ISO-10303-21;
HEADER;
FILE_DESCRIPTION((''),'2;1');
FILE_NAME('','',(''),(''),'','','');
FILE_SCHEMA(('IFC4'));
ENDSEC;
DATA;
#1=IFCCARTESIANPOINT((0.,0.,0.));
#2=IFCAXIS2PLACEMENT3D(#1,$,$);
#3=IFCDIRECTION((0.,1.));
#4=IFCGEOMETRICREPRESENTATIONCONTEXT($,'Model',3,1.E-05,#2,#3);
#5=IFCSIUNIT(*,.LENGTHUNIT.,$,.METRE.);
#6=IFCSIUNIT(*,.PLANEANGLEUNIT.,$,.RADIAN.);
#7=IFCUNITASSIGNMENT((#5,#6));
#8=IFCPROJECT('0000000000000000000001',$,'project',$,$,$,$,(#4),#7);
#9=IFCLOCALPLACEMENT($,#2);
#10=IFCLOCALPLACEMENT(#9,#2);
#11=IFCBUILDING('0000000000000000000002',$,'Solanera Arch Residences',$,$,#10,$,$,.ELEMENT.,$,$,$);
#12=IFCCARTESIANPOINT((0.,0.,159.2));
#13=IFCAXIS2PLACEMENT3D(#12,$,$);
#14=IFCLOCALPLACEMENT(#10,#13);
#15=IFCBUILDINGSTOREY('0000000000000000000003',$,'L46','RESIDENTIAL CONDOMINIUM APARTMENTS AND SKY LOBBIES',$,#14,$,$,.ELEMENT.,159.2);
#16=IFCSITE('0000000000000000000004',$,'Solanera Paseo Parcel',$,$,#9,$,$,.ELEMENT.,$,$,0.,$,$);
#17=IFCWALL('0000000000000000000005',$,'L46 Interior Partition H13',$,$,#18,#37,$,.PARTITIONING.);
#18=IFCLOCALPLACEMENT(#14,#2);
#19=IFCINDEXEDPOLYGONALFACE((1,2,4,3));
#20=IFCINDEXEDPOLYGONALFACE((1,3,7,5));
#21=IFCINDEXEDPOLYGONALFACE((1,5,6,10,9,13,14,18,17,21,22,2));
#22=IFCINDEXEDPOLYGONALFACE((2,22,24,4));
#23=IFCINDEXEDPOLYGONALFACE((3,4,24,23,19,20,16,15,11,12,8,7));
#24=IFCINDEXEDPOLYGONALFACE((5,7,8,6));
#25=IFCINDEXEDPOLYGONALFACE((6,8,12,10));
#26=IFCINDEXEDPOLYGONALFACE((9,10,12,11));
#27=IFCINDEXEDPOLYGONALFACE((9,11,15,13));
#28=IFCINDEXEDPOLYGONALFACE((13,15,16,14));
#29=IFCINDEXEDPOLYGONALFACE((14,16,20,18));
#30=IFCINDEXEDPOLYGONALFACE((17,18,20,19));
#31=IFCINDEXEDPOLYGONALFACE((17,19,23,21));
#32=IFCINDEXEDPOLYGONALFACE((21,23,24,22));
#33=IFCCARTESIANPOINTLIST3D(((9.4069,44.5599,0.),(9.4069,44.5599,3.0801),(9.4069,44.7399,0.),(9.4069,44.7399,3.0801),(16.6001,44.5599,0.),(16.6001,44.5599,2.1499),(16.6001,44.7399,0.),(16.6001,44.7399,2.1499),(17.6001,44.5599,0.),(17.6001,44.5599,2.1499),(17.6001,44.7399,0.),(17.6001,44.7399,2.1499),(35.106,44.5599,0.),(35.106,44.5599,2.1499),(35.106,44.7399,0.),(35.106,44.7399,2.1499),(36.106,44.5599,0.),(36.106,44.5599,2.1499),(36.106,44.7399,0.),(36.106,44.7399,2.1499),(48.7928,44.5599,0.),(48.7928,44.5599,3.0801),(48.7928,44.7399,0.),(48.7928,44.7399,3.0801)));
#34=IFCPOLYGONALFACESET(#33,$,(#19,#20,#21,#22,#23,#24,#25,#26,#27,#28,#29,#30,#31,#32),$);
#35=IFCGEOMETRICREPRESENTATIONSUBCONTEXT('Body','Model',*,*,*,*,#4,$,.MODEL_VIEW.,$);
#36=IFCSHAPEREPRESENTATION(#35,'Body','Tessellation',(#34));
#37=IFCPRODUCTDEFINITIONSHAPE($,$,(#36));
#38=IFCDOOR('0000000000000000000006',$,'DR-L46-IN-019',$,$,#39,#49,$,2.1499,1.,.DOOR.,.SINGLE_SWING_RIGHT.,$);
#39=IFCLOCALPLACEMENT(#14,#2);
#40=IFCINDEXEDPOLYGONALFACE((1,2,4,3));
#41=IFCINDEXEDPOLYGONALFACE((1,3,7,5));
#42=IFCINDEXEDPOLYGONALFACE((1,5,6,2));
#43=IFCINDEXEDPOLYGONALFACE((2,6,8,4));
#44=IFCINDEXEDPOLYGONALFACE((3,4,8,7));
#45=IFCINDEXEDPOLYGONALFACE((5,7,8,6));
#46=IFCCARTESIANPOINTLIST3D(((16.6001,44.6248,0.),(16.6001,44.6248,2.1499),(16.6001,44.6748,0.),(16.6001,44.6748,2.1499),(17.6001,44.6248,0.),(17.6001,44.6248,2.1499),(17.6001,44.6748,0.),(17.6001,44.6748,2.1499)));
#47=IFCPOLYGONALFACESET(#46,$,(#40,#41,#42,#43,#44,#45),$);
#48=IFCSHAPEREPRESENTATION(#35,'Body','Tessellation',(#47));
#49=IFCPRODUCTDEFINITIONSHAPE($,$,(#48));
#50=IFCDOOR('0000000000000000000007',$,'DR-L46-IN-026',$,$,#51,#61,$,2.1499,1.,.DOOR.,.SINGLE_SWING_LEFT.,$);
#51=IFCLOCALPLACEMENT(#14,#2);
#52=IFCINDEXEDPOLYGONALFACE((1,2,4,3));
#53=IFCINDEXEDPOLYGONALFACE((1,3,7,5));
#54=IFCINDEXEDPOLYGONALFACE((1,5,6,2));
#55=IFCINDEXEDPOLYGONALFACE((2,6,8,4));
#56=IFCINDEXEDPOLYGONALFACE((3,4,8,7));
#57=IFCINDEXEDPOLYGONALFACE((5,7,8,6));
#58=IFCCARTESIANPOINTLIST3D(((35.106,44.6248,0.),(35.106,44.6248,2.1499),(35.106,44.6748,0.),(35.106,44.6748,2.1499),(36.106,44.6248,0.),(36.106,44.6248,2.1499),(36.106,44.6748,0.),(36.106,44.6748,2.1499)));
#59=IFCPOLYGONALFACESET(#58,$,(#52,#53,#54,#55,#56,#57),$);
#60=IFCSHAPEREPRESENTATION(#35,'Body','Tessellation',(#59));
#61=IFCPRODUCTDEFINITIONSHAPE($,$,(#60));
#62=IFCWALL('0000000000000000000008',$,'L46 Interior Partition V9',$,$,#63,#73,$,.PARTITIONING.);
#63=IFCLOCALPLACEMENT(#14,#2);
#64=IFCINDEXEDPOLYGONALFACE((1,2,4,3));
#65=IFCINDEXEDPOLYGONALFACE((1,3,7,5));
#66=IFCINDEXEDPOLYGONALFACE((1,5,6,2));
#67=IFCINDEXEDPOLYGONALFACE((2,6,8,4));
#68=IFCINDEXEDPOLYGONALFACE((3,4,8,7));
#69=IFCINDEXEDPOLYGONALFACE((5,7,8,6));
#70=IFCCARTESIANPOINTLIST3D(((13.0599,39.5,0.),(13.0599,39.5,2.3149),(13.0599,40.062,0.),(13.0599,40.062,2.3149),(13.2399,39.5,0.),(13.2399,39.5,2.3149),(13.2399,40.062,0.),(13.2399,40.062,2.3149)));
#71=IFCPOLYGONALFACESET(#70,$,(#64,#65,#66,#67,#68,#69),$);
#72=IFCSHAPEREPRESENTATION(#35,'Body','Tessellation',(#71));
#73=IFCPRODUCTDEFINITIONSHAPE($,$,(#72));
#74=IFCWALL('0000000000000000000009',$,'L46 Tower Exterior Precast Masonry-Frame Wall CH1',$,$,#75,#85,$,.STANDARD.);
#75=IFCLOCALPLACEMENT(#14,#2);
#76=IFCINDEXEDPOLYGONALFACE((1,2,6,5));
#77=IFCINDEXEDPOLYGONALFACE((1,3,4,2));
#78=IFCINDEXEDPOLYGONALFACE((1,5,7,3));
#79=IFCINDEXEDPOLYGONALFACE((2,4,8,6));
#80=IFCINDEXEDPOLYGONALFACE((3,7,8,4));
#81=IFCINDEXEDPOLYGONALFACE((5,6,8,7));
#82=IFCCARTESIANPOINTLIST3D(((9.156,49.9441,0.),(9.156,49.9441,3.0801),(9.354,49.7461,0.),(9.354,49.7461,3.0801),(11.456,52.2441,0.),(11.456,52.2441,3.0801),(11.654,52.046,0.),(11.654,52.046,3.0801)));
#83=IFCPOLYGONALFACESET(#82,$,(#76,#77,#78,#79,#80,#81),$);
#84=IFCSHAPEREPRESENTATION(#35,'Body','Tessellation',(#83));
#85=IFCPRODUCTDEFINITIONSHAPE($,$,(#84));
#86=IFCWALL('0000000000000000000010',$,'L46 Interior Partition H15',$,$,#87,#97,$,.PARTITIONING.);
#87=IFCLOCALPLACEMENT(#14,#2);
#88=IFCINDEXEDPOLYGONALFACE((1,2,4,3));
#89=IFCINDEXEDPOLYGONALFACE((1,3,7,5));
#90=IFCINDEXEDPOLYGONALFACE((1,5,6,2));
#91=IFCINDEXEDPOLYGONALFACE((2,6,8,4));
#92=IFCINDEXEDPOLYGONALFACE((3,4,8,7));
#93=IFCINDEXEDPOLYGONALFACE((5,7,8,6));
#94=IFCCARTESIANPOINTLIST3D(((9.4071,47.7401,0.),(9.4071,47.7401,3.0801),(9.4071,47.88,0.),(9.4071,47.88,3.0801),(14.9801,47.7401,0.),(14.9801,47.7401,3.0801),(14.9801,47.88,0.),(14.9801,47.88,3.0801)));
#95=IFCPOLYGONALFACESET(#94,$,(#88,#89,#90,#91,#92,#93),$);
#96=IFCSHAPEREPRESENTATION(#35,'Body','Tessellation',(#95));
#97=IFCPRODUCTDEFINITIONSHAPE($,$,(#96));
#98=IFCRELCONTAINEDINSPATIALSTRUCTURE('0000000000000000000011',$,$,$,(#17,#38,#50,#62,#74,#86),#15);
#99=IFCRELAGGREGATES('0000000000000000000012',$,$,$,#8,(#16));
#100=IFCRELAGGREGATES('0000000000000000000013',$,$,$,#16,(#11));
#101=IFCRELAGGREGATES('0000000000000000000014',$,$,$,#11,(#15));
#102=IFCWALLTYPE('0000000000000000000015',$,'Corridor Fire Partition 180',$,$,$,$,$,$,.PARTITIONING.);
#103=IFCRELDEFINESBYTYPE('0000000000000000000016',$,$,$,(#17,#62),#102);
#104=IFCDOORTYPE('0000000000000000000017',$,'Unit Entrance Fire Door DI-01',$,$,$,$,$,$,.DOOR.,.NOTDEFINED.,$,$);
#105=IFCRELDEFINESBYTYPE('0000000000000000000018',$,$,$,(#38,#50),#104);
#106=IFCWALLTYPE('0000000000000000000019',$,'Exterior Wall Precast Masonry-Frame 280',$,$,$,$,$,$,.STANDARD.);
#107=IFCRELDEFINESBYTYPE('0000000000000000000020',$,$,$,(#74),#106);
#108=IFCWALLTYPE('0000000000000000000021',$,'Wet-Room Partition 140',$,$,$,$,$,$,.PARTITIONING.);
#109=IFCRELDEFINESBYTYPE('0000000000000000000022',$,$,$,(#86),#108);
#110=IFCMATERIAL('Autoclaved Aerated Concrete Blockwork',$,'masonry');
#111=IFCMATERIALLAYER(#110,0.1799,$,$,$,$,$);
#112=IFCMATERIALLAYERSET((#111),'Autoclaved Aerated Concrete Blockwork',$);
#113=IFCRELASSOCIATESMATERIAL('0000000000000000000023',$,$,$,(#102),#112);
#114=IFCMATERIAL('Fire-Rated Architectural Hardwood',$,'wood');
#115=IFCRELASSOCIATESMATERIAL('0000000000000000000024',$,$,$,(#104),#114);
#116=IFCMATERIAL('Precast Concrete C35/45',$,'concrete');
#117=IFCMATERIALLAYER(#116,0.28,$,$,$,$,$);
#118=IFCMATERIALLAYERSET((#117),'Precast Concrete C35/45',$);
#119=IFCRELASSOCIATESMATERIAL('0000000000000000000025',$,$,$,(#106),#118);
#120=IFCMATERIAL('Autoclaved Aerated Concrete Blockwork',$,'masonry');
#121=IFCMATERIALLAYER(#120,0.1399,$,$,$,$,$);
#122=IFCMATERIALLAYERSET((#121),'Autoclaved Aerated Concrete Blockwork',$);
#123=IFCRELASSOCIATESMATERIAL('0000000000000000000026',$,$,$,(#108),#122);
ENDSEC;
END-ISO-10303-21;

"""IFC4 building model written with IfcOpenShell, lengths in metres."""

from ifc_helpers import new_model, si_unit, direction, frame, frame_2d, origin, place, context, subcontext, project, spatial, rectangle, extrude, material, layer, layer_set, type_object, element, fill, save


model = new_model("IFC4")

# Units and contexts
model_context = context("Model", 3, precision=1e-05, world=origin(), true_north=direction((0.0, 1.0)))
body_context = subcontext(model_context, "Body", "Model", "MODEL_VIEW")
ifc_project = project(units=[si_unit("LENGTHUNIT", "METRE"), si_unit("PLANEANGLEUNIT", "RADIAN")], contexts=[model_context])

# Site, building, storey
site_placement = place(None, origin())
site = spatial("IfcSite", under=ifc_project, at=site_placement, Name="Solanera Paseo Parcel", CompositionType="ELEMENT", RefElevation=0.0)
building_placement = place(site_placement, origin())
building = spatial("IfcBuilding", under=site, at=building_placement, Name="Solanera Arch Residences", CompositionType="ELEMENT")
storey_placement = place(building_placement, frame((0.0, 0.0, 159.2)))
storey = spatial("IfcBuildingStorey", under=building, at=storey_placement, Name="L46", Description="RESIDENTIAL CONDOMINIUM APARTMENTS AND SKY LOBBIES", CompositionType="ELEMENT", Elevation=159.2)

# Wall, openings, doors
ifc_material_1 = material(Name="Autoclaved Aerated Concrete Blockwork", Category="masonry")
ifc_layer_1 = layer(ifc_material_1, 0.1799)
ifc_layer_set_1 = layer_set([ifc_layer_1], Name="Autoclaved Aerated Concrete Blockwork")
wall_type_1 = type_object("IfcWallType", Name="Corridor Fire Partition 180", PredefinedType="PARTITIONING", material=ifc_layer_set_1)
wall_1_placement = place(storey_placement, frame((9.407, 44.6499, 0.0), z_axis=(0.0, 0.0, 1.0), x_axis=(1.0, 0.0, 0.0)))
wall_1 = element("IfcWall", 1, at=wall_1_placement, inside=storey, type_object=wall_type_1, Name="L46 Interior Partition H13", PredefinedType="PARTITIONING", context=body_context, shape_type="SweptSolid", body=[
    extrude(rectangle(XDim=39.386, YDim=0.1799, at=frame_2d((19.6929, 0.0))), origin(), (0.0, 0.0, 1.0), 3.0801),
])
opening_1_placement = place(wall_1_placement, frame((7.1931, 0.0, 0.0)))
opening_1 = element("IfcOpeningElement", 2, at=opening_1_placement, cuts=wall_1, PredefinedType="OPENING", context=body_context, shape_type="SweptSolid", body=[
    extrude(rectangle(XDim=1.0, YDim=2.1499, at=frame_2d((0.5, 1.075))), frame((0.0, 0.1001, 0.0), z_axis=(0.0, -1.0, 0.0), x_axis=(1.0, 0.0, 0.0)), (0.0, 0.0, 1.0), 0.1999),
])
opening_2_placement = place(wall_1_placement, frame((25.699, 0.0, 0.0)))
opening_2 = element("IfcOpeningElement", 3, at=opening_2_placement, cuts=wall_1, PredefinedType="OPENING", context=body_context, shape_type="SweptSolid", body=[
    extrude(rectangle(XDim=1.0, YDim=2.1499, at=frame_2d((0.5, 1.075))), frame((0.0, 0.1001, 0.0), z_axis=(0.0, -1.0, 0.0), x_axis=(1.0, 0.0, 0.0)), (0.0, 0.0, 1.0), 0.1999),
])
ifc_material_2 = material(Name="Fire-Rated Architectural Hardwood", Category="wood")
door_type_1 = type_object("IfcDoorType", Name="Unit Entrance Fire Door DI-01", OperationType="NOTDEFINED", PredefinedType="DOOR", material=ifc_material_2)
door_1_placement = place(opening_1_placement, origin())
door_1 = element("IfcDoor", 4, at=door_1_placement, inside=storey, type_object=door_type_1, Name="DR-L46-IN-019", OperationType="SINGLE_SWING_RIGHT", OverallHeight=2.1499, OverallWidth=1.0, PredefinedType="DOOR", context=body_context, shape_type="SweptSolid", body=[
    extrude(rectangle(XDim=1.0, YDim=2.1499, at=frame_2d((0.5, 1.075))), frame((0.0, 0.0249, 0.0), z_axis=(0.0, -1.0, 0.0), x_axis=(1.0, 0.0, 0.0)), (0.0, 0.0, 1.0), 0.05),
])
fill(opening_1, door_1)
door_2_placement = place(opening_2_placement, origin())
door_2 = element("IfcDoor", 5, at=door_2_placement, inside=storey, type_object=door_type_1, Name="DR-L46-IN-026", OperationType="SINGLE_SWING_LEFT", OverallHeight=2.1499, OverallWidth=1.0, PredefinedType="DOOR", context=body_context, shape_type="SweptSolid", body=[
    extrude(rectangle(XDim=1.0, YDim=2.1499, at=frame_2d((0.5, 1.075))), frame((0.0, 0.0249, 0.0), z_axis=(0.0, -1.0, 0.0), x_axis=(1.0, 0.0, 0.0)), (0.0, 0.0, 1.0), 0.05),
])
fill(opening_2, door_2)

# Walls
wall_2_placement = place(storey_placement, frame((13.1499, 39.5, 0.0), z_axis=(0.0, 0.0, 1.0), x_axis=(0.0, 1.0, 0.0)))
element("IfcWall", 6, at=wall_2_placement, inside=storey, type_object=wall_type_1, Name="L46 Interior Partition V9", PredefinedType="PARTITIONING", context=body_context, shape_type="SweptSolid", body=[
    extrude(rectangle(XDim=0.562, YDim=0.1799, at=frame_2d((0.281, 0.0))), origin(), (0.0, 0.0, 1.0), 2.3149),
])
ifc_material_3 = material(Name="Precast Concrete C35/45", Category="concrete")
ifc_layer_2 = layer(ifc_material_3, 0.28)
ifc_layer_set_2 = layer_set([ifc_layer_2], Name="Precast Concrete C35/45")
wall_type_2 = type_object("IfcWallType", Name="Exterior Wall Precast Masonry-Frame 280", PredefinedType="STANDARD", material=ifc_layer_set_2)
wall_3_placement = place(storey_placement, frame((9.2549, 49.845, 0.0), z_axis=(0.0, 0.0, 1.0), x_axis=(0.707107, 0.707107, 0.0)))
element("IfcWall", 7, at=wall_3_placement, inside=storey, type_object=wall_type_2, Name="L46 Tower Exterior Precast Masonry-Frame Wall CH1", PredefinedType="STANDARD", context=body_context, shape_type="SweptSolid", body=[
    extrude(rectangle(XDim=3.2527, YDim=0.28, at=frame_2d((1.6265, 0.0))), origin(), (0.0, 0.0, 1.0), 3.0801),
])
ifc_material_4 = material(Name="Autoclaved Aerated Concrete Blockwork", Category="masonry")
ifc_layer_3 = layer(ifc_material_4, 0.1399)
ifc_layer_set_3 = layer_set([ifc_layer_3], Name="Autoclaved Aerated Concrete Blockwork")
wall_type_3 = type_object("IfcWallType", Name="Wet-Room Partition 140", PredefinedType="PARTITIONING", material=ifc_layer_set_3)
wall_4_placement = place(storey_placement, frame((9.407, 47.8101, 0.0), z_axis=(0.0, 0.0, 1.0), x_axis=(1.0, 0.0, 0.0)))
element("IfcWall", 8, at=wall_4_placement, inside=storey, type_object=wall_type_3, Name="L46 Interior Partition H15", PredefinedType="PARTITIONING", context=body_context, shape_type="SweptSolid", body=[
    extrude(rectangle(XDim=5.573, YDim=0.1399, at=frame_2d((2.7866, 0.0))), origin(), (0.0, 0.0, 1.0), 3.0801),
])

save(model, "model.ifc")
